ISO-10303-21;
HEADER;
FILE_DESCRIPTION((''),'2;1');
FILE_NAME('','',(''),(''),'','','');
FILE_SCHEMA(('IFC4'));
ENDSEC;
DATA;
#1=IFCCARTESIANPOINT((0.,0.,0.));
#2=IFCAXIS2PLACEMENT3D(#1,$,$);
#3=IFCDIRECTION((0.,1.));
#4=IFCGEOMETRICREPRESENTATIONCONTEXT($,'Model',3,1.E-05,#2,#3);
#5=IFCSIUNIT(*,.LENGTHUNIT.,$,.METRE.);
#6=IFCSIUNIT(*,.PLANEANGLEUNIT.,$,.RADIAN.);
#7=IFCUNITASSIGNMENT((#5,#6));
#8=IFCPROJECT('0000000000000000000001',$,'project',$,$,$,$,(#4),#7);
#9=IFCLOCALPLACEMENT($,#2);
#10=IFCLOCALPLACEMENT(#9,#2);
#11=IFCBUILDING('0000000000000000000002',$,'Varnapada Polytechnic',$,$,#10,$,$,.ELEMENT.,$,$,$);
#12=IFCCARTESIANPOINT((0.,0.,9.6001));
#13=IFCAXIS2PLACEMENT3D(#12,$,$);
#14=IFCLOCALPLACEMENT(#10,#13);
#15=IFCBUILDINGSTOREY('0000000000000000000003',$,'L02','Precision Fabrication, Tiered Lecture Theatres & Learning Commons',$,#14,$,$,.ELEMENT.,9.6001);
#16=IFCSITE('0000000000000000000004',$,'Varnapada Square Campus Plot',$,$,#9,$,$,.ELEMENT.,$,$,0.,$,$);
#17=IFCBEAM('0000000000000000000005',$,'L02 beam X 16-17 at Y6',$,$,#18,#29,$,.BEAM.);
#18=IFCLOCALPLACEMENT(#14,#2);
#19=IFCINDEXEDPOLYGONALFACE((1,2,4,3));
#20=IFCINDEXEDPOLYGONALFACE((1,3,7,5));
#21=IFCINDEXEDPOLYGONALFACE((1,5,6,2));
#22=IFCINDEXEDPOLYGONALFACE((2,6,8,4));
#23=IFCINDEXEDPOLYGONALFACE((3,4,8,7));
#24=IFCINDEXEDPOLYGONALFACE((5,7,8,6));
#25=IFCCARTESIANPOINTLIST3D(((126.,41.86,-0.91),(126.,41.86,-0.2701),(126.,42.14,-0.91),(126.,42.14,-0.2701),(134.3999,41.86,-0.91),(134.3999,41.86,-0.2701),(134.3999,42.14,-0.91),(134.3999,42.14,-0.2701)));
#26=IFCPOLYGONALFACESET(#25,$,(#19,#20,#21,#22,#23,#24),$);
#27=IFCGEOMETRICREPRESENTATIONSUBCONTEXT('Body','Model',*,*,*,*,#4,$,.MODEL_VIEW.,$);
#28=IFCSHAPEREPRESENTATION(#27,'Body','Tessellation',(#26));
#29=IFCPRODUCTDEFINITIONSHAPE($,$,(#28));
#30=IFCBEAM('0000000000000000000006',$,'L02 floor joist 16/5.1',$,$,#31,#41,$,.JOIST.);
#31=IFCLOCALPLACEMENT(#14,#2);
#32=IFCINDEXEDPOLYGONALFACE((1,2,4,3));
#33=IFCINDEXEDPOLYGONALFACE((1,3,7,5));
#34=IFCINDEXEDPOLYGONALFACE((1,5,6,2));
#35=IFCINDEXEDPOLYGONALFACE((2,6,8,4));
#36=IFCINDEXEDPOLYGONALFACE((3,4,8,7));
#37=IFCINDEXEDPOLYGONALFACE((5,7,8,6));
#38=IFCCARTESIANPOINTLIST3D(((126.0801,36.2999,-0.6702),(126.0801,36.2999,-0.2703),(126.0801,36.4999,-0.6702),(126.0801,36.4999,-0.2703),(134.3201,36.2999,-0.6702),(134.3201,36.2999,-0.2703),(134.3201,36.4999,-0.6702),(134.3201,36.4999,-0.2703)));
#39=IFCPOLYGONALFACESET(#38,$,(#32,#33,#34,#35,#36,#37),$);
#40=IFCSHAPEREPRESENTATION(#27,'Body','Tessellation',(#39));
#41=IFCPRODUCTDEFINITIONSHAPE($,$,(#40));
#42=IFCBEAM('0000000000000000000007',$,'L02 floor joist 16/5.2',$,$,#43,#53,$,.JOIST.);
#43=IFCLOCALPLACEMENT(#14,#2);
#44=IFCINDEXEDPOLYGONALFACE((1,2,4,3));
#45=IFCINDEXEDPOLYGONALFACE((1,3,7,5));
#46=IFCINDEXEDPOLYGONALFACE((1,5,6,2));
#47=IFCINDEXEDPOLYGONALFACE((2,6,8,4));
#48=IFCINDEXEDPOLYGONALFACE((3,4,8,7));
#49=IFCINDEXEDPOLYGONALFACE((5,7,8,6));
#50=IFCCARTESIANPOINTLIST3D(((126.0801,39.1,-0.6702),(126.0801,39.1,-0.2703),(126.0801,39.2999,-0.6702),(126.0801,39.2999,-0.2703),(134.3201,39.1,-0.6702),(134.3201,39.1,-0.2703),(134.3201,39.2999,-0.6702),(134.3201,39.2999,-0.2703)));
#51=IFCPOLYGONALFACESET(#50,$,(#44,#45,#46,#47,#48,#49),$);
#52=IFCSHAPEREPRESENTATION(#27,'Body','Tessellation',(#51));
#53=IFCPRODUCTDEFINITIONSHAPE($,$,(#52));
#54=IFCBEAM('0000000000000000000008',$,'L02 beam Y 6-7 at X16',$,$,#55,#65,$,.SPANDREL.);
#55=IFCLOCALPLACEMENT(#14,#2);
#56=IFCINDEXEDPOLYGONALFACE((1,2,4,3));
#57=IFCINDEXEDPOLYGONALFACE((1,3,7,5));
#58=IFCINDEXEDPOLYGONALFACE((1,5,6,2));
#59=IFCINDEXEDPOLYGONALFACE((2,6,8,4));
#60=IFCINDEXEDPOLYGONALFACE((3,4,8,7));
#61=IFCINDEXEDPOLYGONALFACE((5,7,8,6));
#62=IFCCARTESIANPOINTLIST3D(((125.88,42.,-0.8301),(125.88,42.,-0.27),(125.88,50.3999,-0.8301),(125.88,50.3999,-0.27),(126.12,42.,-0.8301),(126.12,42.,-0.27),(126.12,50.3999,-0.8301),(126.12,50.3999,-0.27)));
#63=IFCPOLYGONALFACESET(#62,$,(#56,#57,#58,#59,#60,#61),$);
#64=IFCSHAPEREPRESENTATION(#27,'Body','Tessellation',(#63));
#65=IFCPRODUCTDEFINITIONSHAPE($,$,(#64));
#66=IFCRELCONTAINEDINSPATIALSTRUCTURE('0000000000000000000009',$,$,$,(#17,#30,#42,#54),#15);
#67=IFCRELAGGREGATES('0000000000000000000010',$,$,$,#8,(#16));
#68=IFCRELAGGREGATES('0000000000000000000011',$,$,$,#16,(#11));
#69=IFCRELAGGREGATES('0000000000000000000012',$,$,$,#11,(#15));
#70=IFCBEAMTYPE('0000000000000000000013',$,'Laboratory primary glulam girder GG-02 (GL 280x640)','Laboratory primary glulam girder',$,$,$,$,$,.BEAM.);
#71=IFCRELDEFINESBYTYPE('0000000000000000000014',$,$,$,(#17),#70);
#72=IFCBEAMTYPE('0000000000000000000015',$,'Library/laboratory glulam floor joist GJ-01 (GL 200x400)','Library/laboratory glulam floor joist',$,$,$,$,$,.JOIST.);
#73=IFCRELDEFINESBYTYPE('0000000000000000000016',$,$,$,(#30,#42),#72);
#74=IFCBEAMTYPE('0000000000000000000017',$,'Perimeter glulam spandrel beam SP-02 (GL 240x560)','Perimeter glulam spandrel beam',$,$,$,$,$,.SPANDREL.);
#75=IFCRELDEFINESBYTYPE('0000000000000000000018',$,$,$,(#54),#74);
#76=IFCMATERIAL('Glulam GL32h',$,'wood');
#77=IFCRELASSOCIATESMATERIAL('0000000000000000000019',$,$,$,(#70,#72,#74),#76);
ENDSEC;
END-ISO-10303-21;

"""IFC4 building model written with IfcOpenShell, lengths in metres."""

from ifc_helpers import new_model, si_unit, direction, frame, origin, origin_2d, place, context, subcontext, project, spatial, rectangle, extrude, material, material_profile, profile_set, type_object, element, save


model = new_model("IFC4")

# Units and contexts
model_context = context("Model", 3, precision=1e-05, world=origin(), true_north=direction((0.0, 1.0)))
body_context = subcontext(model_context, "Body", "Model", "MODEL_VIEW")
ifc_project = project(units=[si_unit("LENGTHUNIT", "METRE"), si_unit("PLANEANGLEUNIT", "RADIAN")], contexts=[model_context])

# Site, building, storey
site_placement = place(None, origin())
site = spatial("IfcSite", under=ifc_project, at=site_placement, Name="Varnapada Square Campus Plot", CompositionType="ELEMENT", RefElevation=0.0)
building_placement = place(site_placement, origin())
building = spatial("IfcBuilding", under=site, at=building_placement, Name="Varnapada Polytechnic", CompositionType="ELEMENT")
storey_placement = place(building_placement, frame((0.0, 0.0, 9.6001)))
storey = spatial("IfcBuildingStorey", under=building, at=storey_placement, Name="L02", Description="Precision Fabrication, Tiered Lecture Theatres & Learning Commons", CompositionType="ELEMENT", Elevation=9.6001)

# Beams
ifc_material_1 = material(Name="Glulam GL32h", Category="wood")
ifc_material_profile_1 = material_profile(ifc_material_1, rectangle(XDim=0.28, YDim=0.6399, at=origin_2d()), Name="GL 280x640")
ifc_profile_set_1 = profile_set([ifc_material_profile_1], Name="Glulam GL32h")
beam_type_1 = type_object("IfcBeamType", Name="Laboratory primary glulam girder GG-02 (GL 280x640)", Description="Laboratory primary glulam girder", PredefinedType="BEAM", material=ifc_profile_set_1)
beam_1_placement = place(storey_placement, frame((126.0, 42.0, -0.5901), z_axis=(1.0, 0.0, 0.0), x_axis=(0.0, 1.0, 0.0)))
element("IfcBeam", 1, at=beam_1_placement, inside=storey, type_object=beam_type_1, Name="L02 beam X 16-17 at Y6", PredefinedType="BEAM", context=body_context, shape_type="SweptSolid", body=[
    extrude(rectangle(XDim=0.28, YDim=0.6399, at=origin_2d()), origin(), (0.0, 0.0, 1.0), 8.3999),
])
ifc_material_profile_2 = material_profile(ifc_material_1, rectangle(XDim=0.2, YDim=0.3999, at=origin_2d()), Name="GL 200x400")
ifc_profile_set_2 = profile_set([ifc_material_profile_2], Name="Glulam GL32h")
beam_type_2 = type_object("IfcBeamType", Name="Library/laboratory glulam floor joist GJ-01 (GL 200x400)", Description="Library/laboratory glulam floor joist", PredefinedType="JOIST", material=ifc_profile_set_2)
for number, where, z_axis, x_axis, name in (
    (2, (126.0801, 36.3999, -0.4702), (1.0, 0.0, 0.0), (0.0, 1.0, 0.0), "L02 floor joist 16/5.1"),
    (3, (126.0801, 39.2, -0.4702), (1.0, 0.0, 0.0), (0.0, 1.0, 0.0), "L02 floor joist 16/5.2"),
):
    element("IfcBeam", number, at=place(storey_placement, frame(where, z_axis=z_axis, x_axis=x_axis)), inside=storey, type_object=beam_type_2, Name=name, PredefinedType="JOIST", context=body_context, shape_type="SweptSolid", body=[
        extrude(rectangle(XDim=0.2, YDim=0.3999, at=origin_2d()), origin(), (0.0, 0.0, 1.0), 8.24),
    ])
ifc_material_profile_3 = material_profile(ifc_material_1, rectangle(XDim=0.24, YDim=0.5601, at=origin_2d()), Name="GL 240x560")
ifc_profile_set_3 = profile_set([ifc_material_profile_3], Name="Glulam GL32h")
beam_type_3 = type_object("IfcBeamType", Name="Perimeter glulam spandrel beam SP-02 (GL 240x560)", Description="Perimeter glulam spandrel beam", PredefinedType="SPANDREL", material=ifc_profile_set_3)
beam_2_placement = place(storey_placement, frame((126.0, 42.0, -0.55), z_axis=(0.0, 1.0, 0.0), x_axis=(-1.0, 0.0, 0.0)))
element("IfcBeam", 4, at=beam_2_placement, inside=storey, type_object=beam_type_3, Name="L02 beam Y 6-7 at X16", PredefinedType="SPANDREL", context=body_context, shape_type="SweptSolid", body=[
    extrude(rectangle(XDim=0.24, YDim=0.5601, at=origin_2d()), origin(), (0.0, 0.0, 1.0), 8.3999),
])

save(model, "model.ifc")
